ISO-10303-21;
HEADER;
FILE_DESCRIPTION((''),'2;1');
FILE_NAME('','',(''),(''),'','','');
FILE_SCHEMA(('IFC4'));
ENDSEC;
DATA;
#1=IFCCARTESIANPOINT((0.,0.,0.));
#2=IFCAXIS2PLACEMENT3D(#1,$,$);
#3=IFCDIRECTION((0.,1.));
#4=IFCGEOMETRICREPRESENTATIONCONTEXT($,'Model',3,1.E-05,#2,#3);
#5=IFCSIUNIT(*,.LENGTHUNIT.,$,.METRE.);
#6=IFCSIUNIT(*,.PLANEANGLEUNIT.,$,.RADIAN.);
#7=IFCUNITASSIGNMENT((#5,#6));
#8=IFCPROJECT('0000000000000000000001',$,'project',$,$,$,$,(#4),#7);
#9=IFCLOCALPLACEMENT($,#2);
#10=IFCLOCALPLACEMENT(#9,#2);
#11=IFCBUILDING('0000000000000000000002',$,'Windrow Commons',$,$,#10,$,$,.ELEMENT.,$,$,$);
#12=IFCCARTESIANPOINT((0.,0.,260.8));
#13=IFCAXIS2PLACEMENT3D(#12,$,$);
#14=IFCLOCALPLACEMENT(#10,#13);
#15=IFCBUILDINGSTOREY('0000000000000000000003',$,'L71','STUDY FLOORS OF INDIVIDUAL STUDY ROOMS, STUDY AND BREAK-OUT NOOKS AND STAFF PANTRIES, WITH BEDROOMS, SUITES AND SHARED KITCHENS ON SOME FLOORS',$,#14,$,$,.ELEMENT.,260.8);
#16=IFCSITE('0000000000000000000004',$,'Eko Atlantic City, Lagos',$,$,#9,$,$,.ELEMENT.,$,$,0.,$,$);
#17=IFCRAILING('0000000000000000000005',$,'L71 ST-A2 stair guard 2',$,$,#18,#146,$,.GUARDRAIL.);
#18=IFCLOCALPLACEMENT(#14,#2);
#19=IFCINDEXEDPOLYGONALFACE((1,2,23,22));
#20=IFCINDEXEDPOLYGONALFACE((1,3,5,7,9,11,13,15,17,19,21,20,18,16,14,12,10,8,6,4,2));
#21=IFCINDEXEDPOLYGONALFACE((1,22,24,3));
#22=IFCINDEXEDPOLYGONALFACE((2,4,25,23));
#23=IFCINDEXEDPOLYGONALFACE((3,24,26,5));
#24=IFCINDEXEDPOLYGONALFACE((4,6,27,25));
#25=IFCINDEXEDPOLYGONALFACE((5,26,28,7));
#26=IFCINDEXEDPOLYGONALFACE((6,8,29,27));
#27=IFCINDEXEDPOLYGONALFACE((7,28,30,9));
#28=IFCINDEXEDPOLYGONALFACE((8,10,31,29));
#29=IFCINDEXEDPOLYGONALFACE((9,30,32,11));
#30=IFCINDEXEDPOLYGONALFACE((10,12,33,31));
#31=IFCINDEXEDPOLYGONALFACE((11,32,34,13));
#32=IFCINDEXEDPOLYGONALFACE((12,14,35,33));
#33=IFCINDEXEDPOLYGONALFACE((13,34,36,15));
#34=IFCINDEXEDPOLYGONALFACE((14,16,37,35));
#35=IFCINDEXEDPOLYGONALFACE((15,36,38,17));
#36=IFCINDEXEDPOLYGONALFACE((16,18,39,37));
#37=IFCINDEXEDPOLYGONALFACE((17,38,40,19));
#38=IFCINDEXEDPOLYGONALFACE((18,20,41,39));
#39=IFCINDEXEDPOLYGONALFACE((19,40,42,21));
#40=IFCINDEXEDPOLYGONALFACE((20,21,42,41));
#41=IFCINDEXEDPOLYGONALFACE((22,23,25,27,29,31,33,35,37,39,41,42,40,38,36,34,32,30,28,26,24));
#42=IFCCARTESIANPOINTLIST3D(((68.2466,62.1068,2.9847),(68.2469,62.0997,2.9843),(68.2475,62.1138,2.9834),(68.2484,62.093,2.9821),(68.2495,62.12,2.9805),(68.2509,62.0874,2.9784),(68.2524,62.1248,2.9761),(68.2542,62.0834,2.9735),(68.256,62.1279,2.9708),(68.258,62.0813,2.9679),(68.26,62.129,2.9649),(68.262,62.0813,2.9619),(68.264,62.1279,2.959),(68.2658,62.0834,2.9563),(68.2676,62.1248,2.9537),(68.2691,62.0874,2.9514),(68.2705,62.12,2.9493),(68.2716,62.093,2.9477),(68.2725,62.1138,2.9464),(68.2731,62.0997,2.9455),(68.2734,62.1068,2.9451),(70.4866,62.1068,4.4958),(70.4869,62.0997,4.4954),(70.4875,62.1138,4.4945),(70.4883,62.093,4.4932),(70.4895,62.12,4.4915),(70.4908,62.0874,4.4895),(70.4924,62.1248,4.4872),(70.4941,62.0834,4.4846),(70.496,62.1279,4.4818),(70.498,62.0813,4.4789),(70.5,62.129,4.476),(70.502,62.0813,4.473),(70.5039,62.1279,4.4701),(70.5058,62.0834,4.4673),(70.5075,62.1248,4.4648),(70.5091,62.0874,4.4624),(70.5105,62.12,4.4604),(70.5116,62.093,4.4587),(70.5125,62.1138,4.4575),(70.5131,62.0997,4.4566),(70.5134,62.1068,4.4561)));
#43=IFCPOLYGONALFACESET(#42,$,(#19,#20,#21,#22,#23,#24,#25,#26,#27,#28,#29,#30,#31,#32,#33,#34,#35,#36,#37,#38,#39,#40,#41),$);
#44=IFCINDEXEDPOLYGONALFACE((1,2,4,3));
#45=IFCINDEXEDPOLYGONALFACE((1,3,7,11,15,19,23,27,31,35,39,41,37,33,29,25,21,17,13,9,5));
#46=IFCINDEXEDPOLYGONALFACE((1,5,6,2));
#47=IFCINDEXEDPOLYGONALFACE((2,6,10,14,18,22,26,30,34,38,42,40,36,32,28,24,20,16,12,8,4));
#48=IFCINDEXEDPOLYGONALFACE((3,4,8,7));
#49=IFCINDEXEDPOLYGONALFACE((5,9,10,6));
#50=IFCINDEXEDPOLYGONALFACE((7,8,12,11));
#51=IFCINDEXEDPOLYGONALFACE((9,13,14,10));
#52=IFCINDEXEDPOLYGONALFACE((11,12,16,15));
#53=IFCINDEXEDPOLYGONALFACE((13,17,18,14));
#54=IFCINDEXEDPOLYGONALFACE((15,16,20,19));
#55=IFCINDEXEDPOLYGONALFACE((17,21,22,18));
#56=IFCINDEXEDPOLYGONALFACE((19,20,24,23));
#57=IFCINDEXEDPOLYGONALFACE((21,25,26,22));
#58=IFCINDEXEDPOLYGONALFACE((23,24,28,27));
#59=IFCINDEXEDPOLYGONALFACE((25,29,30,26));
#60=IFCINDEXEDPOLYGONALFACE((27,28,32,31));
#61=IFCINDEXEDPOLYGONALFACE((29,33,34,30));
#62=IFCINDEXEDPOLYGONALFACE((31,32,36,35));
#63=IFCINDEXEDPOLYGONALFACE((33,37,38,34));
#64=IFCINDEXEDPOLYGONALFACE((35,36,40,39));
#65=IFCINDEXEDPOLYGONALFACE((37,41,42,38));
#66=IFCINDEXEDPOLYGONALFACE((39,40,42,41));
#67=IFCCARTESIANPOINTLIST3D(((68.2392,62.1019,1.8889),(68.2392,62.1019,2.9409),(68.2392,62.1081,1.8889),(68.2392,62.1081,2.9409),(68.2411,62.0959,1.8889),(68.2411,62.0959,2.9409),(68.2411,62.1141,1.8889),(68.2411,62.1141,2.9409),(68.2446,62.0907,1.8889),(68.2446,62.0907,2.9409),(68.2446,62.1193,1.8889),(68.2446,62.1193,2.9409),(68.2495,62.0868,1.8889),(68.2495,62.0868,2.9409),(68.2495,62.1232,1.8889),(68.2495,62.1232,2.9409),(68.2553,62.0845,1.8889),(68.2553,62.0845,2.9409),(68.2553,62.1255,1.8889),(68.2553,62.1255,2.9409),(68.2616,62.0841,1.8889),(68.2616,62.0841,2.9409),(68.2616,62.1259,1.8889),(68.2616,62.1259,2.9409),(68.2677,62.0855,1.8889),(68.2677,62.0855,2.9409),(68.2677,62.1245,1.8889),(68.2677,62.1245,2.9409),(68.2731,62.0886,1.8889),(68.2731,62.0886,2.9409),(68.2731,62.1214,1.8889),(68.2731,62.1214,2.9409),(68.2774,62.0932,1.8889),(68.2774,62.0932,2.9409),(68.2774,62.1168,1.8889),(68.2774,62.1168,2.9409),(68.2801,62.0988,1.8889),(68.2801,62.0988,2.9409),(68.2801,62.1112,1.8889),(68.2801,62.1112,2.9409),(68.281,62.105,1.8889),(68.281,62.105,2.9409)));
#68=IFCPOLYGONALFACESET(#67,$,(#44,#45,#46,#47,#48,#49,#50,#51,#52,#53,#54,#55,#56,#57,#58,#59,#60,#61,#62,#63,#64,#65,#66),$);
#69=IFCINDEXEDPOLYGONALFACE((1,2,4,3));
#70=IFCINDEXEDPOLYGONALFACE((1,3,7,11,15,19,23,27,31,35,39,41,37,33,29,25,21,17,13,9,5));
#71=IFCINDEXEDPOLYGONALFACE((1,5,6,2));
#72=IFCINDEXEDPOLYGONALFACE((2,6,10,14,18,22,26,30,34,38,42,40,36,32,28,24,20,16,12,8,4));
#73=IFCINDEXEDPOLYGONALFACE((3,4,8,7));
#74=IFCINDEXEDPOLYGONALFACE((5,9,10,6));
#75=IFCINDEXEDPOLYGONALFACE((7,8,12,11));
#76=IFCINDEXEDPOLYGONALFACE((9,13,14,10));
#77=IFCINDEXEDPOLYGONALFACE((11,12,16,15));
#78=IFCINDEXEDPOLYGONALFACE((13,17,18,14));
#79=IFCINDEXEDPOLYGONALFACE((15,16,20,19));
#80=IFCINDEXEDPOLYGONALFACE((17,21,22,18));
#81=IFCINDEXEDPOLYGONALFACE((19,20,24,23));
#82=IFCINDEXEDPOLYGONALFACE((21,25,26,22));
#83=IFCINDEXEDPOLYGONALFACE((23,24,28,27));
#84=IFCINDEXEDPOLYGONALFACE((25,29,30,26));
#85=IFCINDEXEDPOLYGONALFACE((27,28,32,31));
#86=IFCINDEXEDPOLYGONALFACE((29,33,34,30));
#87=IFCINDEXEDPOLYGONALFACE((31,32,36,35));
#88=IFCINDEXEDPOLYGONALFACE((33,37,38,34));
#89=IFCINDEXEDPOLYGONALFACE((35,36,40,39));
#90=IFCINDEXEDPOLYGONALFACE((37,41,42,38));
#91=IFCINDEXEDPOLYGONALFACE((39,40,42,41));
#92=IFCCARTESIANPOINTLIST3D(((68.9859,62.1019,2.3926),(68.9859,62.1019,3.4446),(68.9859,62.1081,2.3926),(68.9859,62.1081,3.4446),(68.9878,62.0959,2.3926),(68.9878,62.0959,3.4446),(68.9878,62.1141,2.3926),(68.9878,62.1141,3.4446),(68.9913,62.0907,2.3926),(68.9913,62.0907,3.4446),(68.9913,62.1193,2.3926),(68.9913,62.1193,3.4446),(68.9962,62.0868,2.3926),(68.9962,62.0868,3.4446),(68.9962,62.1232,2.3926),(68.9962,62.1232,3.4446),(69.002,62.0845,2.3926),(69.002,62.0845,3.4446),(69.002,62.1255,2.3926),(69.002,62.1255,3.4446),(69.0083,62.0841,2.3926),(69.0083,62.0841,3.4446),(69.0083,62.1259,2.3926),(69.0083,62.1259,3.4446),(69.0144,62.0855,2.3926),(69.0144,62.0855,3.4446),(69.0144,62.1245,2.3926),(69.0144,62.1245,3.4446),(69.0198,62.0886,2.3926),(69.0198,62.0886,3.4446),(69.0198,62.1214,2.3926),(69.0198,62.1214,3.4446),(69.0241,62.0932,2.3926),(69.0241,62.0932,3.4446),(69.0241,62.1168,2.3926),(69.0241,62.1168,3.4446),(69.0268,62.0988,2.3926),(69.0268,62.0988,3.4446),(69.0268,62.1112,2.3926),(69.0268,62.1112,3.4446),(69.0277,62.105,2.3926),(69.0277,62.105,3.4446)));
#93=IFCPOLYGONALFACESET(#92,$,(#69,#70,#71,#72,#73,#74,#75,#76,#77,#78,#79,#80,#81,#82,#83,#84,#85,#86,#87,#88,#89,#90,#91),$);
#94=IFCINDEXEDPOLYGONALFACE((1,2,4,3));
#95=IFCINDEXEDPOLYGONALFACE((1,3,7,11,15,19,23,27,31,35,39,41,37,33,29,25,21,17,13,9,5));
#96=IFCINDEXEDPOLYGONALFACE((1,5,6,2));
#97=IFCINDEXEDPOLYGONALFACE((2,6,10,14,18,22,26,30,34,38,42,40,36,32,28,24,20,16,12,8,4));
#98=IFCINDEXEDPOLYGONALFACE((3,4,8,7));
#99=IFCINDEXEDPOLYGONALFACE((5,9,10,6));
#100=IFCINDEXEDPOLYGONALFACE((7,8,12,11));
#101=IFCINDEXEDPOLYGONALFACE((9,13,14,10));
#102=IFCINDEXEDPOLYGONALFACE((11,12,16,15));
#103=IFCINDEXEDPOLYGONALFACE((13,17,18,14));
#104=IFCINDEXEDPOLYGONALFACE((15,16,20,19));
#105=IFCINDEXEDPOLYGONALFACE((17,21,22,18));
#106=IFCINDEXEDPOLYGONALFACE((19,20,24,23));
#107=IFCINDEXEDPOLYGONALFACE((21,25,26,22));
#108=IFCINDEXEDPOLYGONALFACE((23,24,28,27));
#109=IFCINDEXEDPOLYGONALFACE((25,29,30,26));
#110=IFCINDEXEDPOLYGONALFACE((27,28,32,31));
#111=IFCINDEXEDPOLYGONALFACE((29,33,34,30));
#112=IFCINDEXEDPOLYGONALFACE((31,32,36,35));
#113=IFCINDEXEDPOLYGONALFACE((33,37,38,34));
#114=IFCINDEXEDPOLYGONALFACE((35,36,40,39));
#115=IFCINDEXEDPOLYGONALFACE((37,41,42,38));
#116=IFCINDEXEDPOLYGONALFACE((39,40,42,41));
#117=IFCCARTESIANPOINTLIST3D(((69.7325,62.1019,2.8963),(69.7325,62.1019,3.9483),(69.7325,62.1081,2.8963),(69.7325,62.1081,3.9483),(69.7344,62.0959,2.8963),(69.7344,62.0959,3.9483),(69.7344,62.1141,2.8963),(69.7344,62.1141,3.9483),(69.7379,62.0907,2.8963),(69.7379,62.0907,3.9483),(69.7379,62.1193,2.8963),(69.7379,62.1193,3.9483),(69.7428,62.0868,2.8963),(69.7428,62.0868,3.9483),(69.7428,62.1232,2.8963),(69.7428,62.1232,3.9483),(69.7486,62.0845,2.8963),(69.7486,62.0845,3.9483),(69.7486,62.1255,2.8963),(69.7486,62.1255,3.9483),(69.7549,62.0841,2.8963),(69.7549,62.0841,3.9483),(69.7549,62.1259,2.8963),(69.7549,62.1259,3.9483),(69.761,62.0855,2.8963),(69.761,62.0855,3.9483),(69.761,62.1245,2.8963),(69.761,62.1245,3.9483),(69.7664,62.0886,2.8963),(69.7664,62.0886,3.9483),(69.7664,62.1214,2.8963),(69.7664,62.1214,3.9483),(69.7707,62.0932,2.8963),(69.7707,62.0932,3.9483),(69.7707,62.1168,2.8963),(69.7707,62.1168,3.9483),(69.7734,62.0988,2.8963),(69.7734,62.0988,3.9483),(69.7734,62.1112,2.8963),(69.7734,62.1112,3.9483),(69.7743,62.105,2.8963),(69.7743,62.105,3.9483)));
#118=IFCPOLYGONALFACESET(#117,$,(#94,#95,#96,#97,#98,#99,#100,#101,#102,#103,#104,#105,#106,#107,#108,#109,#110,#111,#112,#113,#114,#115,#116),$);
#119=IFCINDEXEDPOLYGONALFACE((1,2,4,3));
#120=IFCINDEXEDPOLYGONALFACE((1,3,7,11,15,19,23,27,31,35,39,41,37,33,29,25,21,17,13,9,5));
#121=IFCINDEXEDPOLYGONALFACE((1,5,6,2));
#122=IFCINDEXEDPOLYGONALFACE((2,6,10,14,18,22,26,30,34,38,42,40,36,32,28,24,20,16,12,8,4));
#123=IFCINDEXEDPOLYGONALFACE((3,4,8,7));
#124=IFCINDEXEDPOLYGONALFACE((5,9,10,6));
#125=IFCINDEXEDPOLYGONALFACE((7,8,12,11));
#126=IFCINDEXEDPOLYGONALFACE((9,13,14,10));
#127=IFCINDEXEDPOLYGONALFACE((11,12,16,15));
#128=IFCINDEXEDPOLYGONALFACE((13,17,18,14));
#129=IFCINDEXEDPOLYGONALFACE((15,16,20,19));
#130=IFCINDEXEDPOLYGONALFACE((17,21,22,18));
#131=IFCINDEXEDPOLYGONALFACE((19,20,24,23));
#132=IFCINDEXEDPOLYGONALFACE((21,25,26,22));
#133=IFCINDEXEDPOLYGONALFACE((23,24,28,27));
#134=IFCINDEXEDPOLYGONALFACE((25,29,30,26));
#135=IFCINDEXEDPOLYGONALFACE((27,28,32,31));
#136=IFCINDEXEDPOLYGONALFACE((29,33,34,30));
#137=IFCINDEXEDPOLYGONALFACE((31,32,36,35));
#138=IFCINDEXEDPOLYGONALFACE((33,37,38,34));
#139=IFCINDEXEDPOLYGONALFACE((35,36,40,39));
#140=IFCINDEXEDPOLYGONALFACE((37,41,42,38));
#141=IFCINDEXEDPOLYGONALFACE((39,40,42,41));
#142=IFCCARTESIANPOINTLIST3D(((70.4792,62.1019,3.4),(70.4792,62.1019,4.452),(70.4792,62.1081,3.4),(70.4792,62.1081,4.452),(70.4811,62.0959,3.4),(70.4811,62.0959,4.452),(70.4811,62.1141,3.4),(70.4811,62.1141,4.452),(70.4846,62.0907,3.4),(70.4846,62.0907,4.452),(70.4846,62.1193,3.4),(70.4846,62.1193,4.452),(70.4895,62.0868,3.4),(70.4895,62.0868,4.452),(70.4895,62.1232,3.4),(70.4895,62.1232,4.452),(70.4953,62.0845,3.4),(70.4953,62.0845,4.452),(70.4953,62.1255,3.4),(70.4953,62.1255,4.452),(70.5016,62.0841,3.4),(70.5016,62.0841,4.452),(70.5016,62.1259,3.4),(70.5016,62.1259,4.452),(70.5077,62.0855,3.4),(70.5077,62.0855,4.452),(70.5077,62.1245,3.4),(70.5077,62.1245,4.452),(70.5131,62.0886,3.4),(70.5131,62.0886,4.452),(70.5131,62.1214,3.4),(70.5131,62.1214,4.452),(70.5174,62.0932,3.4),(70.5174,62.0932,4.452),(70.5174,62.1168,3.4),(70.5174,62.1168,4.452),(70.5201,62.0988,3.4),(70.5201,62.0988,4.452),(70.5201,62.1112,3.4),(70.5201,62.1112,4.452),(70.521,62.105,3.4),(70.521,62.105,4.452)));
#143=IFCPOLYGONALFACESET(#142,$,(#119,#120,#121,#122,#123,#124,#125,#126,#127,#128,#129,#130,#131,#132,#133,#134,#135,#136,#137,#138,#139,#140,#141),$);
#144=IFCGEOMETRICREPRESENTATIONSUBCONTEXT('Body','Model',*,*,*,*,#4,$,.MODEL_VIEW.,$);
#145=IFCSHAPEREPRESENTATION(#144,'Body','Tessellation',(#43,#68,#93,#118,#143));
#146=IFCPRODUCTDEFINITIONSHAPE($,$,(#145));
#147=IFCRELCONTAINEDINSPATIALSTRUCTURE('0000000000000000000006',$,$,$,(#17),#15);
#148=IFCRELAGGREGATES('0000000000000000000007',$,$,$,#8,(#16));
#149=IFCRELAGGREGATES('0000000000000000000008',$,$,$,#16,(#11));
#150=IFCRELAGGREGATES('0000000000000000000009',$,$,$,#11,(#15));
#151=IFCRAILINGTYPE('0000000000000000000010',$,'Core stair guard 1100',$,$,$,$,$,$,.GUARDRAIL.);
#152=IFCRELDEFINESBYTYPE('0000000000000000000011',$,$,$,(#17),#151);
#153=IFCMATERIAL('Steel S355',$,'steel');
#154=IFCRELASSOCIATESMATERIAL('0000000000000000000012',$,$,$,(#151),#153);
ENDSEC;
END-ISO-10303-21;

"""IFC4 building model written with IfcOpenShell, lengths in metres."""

from ifc_helpers import new_model, si_unit, direction, frame, origin, origin_2d, place, context, subcontext, project, spatial, circle, extrude, material, type_object, element, save


model = new_model("IFC4")

# Units and contexts
model_context = context("Model", 3, precision=1e-05, world=origin(), true_north=direction((0.0, 1.0)))
body_context = subcontext(model_context, "Body", "Model", "MODEL_VIEW")
ifc_project = project(units=[si_unit("LENGTHUNIT", "METRE"), si_unit("PLANEANGLEUNIT", "RADIAN")], contexts=[model_context])

# Site, building, storey
site_placement = place(None, origin())
site = spatial("IfcSite", under=ifc_project, at=site_placement, Name="Eko Atlantic City, Lagos", CompositionType="ELEMENT", RefElevation=0.0)
building_placement = place(site_placement, origin())
building = spatial("IfcBuilding", under=site, at=building_placement, Name="Windrow Commons", CompositionType="ELEMENT")
storey_placement = place(building_placement, frame((0.0, 0.0, 260.8)))
storey = spatial("IfcBuildingStorey", under=building, at=storey_placement, Name="L71", Description="STUDY FLOORS OF INDIVIDUAL STUDY ROOMS, STUDY AND BREAK-OUT NOOKS AND STAFF PANTRIES, WITH BEDROOMS, SUITES AND SHARED KITCHENS ON SOME FLOORS", CompositionType="ELEMENT", Elevation=260.8)

# Railing
ifc_material_1 = material(Name="Steel S355", Category="steel")
railing_type_1 = type_object("IfcRailingType", Name="Core stair guard 1100", PredefinedType="GUARDRAIL", material=ifc_material_1)
for number, where, name in (
    (1, (68.26, 62.105, 1.8889), "L71 ST-A2 stair guard 2"),
):
    element("IfcRailing", number, at=place(storey_placement, frame(where)), inside=storey, type_object=railing_type_1, Name=name, PredefinedType="GUARDRAIL", context=body_context, shape_type="SweptSolid", body=[
        extrude(circle(Radius=0.024, at=origin_2d()), frame((0.0, 0.0, 1.076), z_axis=(0.829003, 0.0, 0.559244), x_axis=(0.0, 1.0, 0.0)), (0.0, 0.0, 1.0), 2.702),
        extrude(circle(Radius=0.021, at=origin_2d()), origin(), (0.0, 0.0, 1.0), 1.052),
        extrude(circle(Radius=0.021, at=origin_2d()), frame((0.7467, 0.0, 0.5037)), (0.0, 0.0, 1.0), 1.052),
        extrude(circle(Radius=0.021, at=origin_2d()), frame((1.4933, 0.0, 1.0074)), (0.0, 0.0, 1.0), 1.052),
        extrude(circle(Radius=0.021, at=origin_2d()), frame((2.24, 0.0, 1.5111)), (0.0, 0.0, 1.0), 1.052),
    ])

save(model, "model.ifc")
